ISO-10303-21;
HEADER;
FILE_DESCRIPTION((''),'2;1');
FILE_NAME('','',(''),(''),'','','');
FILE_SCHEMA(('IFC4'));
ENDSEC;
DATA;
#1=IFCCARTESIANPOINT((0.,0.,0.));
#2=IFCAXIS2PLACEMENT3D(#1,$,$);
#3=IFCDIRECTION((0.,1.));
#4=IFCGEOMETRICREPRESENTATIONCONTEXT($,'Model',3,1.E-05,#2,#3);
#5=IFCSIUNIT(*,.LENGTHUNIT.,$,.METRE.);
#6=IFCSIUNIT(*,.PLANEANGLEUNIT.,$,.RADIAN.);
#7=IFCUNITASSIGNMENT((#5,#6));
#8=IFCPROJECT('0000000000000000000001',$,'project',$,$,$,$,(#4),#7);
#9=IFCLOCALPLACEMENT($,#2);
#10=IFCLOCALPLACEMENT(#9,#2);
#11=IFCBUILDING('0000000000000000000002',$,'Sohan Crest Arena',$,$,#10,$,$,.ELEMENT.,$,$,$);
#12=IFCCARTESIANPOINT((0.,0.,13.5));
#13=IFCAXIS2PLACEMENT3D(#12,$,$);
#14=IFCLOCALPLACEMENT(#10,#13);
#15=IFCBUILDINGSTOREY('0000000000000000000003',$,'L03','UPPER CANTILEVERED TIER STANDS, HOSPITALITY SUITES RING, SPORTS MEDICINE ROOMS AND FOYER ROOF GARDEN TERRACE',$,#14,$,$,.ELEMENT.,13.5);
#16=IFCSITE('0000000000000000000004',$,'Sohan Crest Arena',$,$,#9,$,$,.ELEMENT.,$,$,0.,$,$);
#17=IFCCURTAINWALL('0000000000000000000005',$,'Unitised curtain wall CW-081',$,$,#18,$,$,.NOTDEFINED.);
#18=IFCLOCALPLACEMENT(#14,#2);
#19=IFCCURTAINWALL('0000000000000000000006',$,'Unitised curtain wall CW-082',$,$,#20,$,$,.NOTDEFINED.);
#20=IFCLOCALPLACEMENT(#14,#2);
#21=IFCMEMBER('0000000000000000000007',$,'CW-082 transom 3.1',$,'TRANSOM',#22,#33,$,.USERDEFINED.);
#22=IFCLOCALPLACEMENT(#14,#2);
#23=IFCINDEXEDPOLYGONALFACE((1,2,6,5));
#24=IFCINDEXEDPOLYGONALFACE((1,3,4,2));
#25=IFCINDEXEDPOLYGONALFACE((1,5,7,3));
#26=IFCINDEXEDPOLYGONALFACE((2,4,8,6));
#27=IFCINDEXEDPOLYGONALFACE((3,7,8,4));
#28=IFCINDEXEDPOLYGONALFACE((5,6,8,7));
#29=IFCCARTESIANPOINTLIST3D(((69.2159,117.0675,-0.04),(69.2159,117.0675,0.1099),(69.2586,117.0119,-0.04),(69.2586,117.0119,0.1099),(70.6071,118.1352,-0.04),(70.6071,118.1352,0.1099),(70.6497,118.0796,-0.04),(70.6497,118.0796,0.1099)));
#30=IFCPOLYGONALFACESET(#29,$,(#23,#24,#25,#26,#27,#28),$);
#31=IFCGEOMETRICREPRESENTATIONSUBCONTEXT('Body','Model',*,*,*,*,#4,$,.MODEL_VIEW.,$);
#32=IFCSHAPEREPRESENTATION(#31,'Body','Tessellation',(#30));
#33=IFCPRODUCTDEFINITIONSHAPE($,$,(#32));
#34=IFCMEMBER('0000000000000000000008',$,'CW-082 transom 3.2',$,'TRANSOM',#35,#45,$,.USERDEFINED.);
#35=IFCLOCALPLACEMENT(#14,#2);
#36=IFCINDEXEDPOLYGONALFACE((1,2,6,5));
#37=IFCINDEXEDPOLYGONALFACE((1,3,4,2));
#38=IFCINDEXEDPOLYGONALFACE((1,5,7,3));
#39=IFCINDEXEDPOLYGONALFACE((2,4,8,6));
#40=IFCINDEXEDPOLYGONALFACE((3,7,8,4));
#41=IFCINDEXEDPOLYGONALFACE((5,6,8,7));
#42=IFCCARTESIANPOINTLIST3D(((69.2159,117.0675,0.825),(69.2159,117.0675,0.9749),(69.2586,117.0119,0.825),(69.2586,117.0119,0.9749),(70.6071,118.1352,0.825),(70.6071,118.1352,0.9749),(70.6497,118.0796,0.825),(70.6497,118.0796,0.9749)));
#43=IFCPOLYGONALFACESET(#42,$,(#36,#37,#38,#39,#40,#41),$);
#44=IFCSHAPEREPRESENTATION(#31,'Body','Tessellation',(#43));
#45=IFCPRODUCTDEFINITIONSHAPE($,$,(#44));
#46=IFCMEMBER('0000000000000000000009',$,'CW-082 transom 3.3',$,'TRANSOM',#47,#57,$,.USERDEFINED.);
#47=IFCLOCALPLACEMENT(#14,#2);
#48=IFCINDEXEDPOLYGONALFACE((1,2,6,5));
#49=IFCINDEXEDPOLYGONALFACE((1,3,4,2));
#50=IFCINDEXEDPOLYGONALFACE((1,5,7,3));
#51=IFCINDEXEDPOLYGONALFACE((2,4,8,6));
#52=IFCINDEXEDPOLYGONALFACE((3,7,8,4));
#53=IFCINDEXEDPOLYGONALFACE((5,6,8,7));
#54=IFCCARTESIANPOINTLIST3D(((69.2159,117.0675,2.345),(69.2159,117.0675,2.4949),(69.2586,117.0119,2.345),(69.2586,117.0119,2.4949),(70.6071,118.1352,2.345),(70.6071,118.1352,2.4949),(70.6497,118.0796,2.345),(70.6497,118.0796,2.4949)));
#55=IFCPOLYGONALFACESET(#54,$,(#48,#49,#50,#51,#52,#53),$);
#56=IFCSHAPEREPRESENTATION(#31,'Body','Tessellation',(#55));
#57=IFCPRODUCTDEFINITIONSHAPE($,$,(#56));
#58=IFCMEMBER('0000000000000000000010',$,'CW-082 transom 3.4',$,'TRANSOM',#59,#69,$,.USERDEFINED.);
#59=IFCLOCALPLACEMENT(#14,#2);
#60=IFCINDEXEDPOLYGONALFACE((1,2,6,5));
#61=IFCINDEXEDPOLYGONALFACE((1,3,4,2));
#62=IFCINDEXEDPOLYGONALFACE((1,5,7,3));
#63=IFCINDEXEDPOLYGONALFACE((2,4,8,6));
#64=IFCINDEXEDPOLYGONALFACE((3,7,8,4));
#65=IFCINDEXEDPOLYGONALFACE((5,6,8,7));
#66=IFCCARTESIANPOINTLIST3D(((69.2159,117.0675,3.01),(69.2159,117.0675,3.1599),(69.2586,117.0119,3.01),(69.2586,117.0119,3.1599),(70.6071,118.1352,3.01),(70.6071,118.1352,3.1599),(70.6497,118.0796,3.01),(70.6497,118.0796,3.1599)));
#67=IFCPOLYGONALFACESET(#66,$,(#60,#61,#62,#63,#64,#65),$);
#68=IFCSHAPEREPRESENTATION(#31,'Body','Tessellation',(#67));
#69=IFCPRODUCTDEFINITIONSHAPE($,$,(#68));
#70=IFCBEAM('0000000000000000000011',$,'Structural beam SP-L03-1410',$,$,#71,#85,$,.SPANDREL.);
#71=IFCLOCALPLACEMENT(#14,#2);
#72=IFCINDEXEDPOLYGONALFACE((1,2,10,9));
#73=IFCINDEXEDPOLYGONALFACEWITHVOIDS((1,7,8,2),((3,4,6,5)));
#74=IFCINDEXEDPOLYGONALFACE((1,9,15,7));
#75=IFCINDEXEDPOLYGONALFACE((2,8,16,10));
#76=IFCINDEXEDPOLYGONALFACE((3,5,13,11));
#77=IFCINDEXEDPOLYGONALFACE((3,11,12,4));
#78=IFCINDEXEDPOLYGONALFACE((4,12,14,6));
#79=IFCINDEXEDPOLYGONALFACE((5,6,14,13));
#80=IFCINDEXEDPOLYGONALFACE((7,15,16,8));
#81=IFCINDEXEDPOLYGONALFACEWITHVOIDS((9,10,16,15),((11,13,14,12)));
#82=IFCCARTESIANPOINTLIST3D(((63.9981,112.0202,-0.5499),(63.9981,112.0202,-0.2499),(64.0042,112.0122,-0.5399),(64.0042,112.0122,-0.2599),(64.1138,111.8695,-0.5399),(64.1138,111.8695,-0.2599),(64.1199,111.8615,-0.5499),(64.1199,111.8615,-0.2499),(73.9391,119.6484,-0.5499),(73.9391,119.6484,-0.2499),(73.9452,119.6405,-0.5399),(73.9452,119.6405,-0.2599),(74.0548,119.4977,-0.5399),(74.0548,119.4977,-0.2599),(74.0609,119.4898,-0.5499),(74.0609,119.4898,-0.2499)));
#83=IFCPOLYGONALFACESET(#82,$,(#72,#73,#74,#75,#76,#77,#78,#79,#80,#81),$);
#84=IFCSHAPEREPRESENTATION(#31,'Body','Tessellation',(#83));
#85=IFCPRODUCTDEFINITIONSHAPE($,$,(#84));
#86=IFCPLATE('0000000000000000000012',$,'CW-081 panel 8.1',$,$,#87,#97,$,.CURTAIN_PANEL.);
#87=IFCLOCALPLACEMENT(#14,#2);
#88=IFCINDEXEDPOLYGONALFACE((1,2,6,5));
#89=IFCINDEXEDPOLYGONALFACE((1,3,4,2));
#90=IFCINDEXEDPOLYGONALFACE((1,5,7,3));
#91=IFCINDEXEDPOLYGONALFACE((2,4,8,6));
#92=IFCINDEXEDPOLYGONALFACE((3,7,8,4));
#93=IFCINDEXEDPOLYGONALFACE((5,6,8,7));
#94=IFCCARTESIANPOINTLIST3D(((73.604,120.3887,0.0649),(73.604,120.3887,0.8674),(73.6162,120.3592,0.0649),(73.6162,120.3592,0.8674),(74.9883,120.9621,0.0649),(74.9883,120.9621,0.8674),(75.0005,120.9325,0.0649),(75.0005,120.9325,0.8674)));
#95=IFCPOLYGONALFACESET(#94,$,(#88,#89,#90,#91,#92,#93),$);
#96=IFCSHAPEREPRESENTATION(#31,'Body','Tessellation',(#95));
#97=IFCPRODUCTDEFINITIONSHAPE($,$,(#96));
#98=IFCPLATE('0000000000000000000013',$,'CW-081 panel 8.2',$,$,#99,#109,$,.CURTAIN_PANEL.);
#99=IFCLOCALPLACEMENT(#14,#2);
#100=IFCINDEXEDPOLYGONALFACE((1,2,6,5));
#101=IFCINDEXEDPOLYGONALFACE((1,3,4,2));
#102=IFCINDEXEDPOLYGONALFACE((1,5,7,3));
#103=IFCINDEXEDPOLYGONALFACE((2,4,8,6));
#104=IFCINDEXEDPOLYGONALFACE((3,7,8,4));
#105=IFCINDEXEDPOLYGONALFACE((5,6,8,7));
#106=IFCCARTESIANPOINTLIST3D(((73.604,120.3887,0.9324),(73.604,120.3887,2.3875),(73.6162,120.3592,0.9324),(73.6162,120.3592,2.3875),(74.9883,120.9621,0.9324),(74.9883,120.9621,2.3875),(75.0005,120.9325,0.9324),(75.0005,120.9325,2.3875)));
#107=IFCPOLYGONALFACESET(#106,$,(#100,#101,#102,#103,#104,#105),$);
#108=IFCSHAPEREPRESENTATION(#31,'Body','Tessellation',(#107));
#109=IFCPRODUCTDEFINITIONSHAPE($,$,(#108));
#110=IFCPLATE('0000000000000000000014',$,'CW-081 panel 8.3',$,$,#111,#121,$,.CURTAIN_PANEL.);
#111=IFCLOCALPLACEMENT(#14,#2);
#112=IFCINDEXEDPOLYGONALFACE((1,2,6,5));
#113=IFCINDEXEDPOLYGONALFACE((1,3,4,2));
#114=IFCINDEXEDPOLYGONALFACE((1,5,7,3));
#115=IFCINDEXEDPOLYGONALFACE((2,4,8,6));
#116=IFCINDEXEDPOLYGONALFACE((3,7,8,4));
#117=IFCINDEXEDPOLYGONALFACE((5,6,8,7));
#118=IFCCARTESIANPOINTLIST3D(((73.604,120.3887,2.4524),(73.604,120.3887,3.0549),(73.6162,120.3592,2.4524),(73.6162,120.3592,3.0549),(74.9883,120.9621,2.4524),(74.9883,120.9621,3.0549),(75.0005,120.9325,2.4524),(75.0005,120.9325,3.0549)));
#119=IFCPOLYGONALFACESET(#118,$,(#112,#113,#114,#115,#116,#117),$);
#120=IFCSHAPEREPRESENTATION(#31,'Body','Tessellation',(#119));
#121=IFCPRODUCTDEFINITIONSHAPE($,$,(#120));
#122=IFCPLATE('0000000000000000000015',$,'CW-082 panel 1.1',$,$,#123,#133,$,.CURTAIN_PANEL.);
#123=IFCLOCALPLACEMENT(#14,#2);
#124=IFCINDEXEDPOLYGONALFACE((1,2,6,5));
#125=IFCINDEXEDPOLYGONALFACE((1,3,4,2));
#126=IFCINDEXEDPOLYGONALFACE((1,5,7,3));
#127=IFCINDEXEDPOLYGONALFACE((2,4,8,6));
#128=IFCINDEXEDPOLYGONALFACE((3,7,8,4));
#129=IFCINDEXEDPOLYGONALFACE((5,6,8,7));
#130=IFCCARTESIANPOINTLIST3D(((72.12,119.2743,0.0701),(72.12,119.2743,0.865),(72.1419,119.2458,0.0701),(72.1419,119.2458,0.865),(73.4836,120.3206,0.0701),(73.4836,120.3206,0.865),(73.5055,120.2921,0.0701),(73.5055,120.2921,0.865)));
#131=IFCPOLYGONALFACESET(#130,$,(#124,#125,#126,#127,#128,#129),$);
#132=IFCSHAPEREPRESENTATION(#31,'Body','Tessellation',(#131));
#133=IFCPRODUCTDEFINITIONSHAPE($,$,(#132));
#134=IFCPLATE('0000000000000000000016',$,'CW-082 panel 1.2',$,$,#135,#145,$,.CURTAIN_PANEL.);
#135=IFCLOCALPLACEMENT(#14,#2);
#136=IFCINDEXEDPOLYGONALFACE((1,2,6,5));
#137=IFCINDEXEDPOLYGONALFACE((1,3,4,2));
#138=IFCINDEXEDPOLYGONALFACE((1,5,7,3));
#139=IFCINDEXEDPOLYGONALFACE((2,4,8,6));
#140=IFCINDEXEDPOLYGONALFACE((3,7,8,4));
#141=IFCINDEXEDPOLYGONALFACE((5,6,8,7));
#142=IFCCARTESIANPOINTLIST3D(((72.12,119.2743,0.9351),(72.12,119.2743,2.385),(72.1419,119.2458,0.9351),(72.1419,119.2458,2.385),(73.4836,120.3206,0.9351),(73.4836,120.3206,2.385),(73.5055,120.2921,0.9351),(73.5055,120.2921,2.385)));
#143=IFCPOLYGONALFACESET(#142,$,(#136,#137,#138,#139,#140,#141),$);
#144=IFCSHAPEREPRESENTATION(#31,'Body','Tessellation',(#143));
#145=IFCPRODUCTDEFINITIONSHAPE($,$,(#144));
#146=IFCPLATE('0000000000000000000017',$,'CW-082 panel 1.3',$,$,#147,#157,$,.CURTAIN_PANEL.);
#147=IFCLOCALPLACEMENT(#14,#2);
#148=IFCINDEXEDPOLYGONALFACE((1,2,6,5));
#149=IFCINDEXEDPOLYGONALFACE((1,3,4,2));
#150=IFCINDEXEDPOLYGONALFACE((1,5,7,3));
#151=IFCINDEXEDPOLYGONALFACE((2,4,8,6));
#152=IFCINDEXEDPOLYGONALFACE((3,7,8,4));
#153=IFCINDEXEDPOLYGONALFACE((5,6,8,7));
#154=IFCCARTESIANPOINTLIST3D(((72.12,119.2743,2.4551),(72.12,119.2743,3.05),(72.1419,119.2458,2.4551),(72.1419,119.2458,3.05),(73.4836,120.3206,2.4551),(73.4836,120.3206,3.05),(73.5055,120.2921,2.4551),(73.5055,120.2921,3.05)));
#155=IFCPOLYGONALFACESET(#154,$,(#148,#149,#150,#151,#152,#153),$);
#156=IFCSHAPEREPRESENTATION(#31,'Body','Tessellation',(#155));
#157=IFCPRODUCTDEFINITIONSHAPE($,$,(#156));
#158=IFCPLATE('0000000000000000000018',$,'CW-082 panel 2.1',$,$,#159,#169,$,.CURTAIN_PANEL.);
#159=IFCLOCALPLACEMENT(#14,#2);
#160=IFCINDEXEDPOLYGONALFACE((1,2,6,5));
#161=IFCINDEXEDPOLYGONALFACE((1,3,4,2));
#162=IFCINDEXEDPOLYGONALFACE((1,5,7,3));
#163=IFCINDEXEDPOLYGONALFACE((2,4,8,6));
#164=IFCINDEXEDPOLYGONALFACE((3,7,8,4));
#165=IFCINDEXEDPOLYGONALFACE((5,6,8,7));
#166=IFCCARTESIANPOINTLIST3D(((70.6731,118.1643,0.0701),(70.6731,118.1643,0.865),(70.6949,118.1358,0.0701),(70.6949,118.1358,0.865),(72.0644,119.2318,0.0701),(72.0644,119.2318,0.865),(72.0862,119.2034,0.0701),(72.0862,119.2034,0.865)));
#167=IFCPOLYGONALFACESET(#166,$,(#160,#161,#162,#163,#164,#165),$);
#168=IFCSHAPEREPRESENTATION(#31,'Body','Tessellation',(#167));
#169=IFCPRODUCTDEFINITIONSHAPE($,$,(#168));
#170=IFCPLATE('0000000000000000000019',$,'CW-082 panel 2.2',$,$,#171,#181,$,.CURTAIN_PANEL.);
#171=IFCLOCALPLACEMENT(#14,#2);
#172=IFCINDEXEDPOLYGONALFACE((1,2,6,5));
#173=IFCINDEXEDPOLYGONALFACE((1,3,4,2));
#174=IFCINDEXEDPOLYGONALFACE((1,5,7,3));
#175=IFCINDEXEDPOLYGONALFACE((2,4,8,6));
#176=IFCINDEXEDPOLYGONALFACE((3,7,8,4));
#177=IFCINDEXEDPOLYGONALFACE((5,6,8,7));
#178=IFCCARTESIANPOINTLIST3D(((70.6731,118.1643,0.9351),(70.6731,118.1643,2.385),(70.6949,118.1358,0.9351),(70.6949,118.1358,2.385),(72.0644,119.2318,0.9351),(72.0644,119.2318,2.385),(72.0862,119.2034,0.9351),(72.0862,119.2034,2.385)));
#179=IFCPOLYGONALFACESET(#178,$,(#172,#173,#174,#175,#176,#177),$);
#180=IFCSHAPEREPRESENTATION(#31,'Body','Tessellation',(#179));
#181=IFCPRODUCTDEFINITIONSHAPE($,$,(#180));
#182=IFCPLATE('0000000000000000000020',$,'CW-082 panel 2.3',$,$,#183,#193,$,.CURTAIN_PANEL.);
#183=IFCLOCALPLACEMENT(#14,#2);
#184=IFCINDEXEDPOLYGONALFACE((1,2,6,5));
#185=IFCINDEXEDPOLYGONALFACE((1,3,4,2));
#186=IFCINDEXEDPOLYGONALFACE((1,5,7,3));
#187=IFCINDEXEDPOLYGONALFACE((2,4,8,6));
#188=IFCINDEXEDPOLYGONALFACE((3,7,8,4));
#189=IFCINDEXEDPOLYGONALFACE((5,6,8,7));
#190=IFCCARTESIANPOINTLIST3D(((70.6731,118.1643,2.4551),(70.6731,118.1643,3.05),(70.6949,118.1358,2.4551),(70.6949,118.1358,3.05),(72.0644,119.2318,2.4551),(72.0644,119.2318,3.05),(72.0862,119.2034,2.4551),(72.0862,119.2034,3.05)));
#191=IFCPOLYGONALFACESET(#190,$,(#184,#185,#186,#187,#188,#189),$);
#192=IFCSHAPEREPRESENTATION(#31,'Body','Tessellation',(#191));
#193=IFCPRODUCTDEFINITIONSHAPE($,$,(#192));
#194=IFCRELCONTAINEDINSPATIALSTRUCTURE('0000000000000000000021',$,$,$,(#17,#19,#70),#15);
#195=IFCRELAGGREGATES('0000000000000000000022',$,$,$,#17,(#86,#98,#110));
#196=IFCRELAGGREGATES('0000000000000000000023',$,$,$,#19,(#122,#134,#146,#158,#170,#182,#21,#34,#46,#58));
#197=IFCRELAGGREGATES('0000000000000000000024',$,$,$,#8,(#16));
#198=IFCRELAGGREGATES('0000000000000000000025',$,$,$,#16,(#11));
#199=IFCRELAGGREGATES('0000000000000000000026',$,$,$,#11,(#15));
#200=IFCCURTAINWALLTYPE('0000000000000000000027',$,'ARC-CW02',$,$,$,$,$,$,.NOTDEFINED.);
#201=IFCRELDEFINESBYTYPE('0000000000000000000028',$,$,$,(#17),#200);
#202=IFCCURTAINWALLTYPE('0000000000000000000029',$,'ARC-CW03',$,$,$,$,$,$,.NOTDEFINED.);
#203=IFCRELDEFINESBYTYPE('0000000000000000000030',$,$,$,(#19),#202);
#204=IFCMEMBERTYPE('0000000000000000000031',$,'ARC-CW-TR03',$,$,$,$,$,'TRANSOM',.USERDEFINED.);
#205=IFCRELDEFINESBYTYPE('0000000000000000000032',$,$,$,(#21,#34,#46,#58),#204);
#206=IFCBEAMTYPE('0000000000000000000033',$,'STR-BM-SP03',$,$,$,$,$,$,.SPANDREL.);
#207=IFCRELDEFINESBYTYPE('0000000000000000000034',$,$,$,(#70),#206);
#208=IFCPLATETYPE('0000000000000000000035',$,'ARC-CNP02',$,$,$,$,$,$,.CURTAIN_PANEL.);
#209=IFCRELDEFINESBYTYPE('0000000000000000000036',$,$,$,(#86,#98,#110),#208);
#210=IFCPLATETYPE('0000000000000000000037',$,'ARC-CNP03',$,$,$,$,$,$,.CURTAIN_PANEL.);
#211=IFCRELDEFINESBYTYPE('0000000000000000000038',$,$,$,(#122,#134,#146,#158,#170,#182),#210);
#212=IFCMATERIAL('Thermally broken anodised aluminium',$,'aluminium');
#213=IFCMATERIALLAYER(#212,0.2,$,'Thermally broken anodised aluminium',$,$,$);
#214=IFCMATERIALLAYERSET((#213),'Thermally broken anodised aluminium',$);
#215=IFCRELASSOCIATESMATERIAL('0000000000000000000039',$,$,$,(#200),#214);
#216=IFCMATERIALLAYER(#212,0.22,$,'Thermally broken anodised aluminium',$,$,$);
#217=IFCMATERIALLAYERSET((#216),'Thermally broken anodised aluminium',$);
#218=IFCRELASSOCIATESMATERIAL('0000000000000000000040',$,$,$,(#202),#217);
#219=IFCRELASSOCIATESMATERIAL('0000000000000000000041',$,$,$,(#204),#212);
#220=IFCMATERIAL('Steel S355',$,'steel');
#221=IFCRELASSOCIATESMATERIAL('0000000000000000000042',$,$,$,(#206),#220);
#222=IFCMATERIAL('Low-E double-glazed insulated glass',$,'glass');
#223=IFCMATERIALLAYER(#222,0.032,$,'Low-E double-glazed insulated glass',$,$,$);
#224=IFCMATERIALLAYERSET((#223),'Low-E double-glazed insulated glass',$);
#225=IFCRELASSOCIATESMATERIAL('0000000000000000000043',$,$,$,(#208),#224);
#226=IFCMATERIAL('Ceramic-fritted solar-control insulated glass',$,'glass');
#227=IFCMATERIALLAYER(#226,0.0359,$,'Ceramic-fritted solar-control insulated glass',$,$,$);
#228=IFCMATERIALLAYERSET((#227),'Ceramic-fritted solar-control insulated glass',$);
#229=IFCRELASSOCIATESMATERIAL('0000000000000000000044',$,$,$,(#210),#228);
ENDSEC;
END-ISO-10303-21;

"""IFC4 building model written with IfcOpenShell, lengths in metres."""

from ifc_helpers import new_model, si_unit, direction, frame, origin, origin_2d, place, context, subcontext, project, spatial, rectangle, hollow_rectangle, extrude, material, layer, layer_set, material_profile, profile_set, type_object, element, aggregate, save


model = new_model("IFC4")

# Units and contexts
model_context = context("Model", 3, precision=1e-05, world=origin(), true_north=direction((0.0, 1.0)))
body_context = subcontext(model_context, "Body", "Model", "MODEL_VIEW")
ifc_project = project(units=[si_unit("LENGTHUNIT", "METRE"), si_unit("PLANEANGLEUNIT", "RADIAN")], contexts=[model_context])

# Site, building, storey
site_placement = place(None, origin())
site = spatial("IfcSite", under=ifc_project, at=site_placement, Name="Sohan Crest Arena", CompositionType="ELEMENT", RefElevation=0.0)
building_placement = place(site_placement, origin())
building = spatial("IfcBuilding", under=site, at=building_placement, Name="Sohan Crest Arena", CompositionType="ELEMENT")
storey_placement = place(building_placement, frame((0.0, 0.0, 13.5)))
storey = spatial("IfcBuildingStorey", under=building, at=storey_placement, Name="L03", Description="UPPER CANTILEVERED TIER STANDS, HOSPITALITY SUITES RING, SPORTS MEDICINE ROOMS AND FOYER ROOF GARDEN TERRACE", CompositionType="ELEMENT", Elevation=13.5)

# Shared definitions
ifc_material_1 = material(Name="Steel S355", Category="steel")

# Curtain wall
ifc_material_2 = material(Name="Thermally broken anodised aluminium", Category="aluminium")
ifc_layer_1 = layer(ifc_material_2, 0.2, Name="Thermally broken anodised aluminium")
ifc_layer_set_1 = layer_set([ifc_layer_1], Name="Thermally broken anodised aluminium")
curtain_wall_type_1 = type_object("IfcCurtainWallType", Name="ARC-CW02", PredefinedType="NOTDEFINED", material=ifc_layer_set_1)
curtain_wall_1_placement = place(storey_placement, origin())
curtain_wall_1 = element("IfcCurtainWall", 1, at=curtain_wall_1_placement, inside=storey, type_object=curtain_wall_type_1, Name="Unitised curtain wall CW-081", PredefinedType="NOTDEFINED")

# Curtain wall, members
ifc_layer_2 = layer(ifc_material_2, 0.22, Name="Thermally broken anodised aluminium")
ifc_layer_set_2 = layer_set([ifc_layer_2], Name="Thermally broken anodised aluminium")
curtain_wall_type_2 = type_object("IfcCurtainWallType", Name="ARC-CW03", PredefinedType="NOTDEFINED", material=ifc_layer_set_2)
curtain_wall_2_placement = place(storey_placement, origin())
curtain_wall_2 = element("IfcCurtainWall", 2, at=curtain_wall_2_placement, inside=storey, type_object=curtain_wall_type_2, Name="Unitised curtain wall CW-082", PredefinedType="NOTDEFINED")
ifc_material_profile_1 = material_profile(ifc_material_2, rectangle(XDim=0.0701, YDim=0.1499, at=origin_2d()), Name="ALU-TRAN 70x150")
ifc_profile_set_1 = profile_set([ifc_material_profile_1], Name="Thermally broken anodised aluminium")
member_type_1 = type_object("IfcMemberType", Name="ARC-CW-TR03", ElementType="TRANSOM", PredefinedType="USERDEFINED", material=ifc_profile_set_1)
member_1_placement = place(storey_placement, frame((70.6284, 118.1074, 0.0349), z_axis=(-0.793302, -0.608829, 0.0), x_axis=(0.608829, -0.793302, 0.0)))
member_1 = element("IfcMember", 3, at=member_1_placement, type_object=member_type_1, Name="CW-082 transom 3.1", ObjectType="TRANSOM", PredefinedType="USERDEFINED", context=body_context, shape_type="SweptSolid", body=[
    extrude(rectangle(XDim=0.0701, YDim=0.1499, at=origin_2d()), origin(), (0.0, 0.0, 1.0), 1.7537),
])
member_2_placement = place(storey_placement, frame((70.6284, 118.1074, 0.8999), z_axis=(-0.793302, -0.608829, 0.0), x_axis=(0.608829, -0.793302, 0.0)))
member_2 = element("IfcMember", 4, at=member_2_placement, type_object=member_type_1, Name="CW-082 transom 3.2", ObjectType="TRANSOM", PredefinedType="USERDEFINED", context=body_context, shape_type="SweptSolid", body=[
    extrude(rectangle(XDim=0.0701, YDim=0.1499, at=origin_2d()), origin(), (0.0, 0.0, 1.0), 1.7537),
])
member_3_placement = place(storey_placement, frame((70.6284, 118.1074, 2.4199), z_axis=(-0.793302, -0.608829, 0.0), x_axis=(0.608829, -0.793302, 0.0)))
member_3 = element("IfcMember", 5, at=member_3_placement, type_object=member_type_1, Name="CW-082 transom 3.3", ObjectType="TRANSOM", PredefinedType="USERDEFINED", context=body_context, shape_type="SweptSolid", body=[
    extrude(rectangle(XDim=0.0701, YDim=0.1499, at=origin_2d()), origin(), (0.0, 0.0, 1.0), 1.7537),
])
member_4_placement = place(storey_placement, frame((70.6284, 118.1074, 3.085), z_axis=(-0.793302, -0.608829, 0.0), x_axis=(0.608829, -0.793302, 0.0)))
member_4 = element("IfcMember", 6, at=member_4_placement, type_object=member_type_1, Name="CW-082 transom 3.4", ObjectType="TRANSOM", PredefinedType="USERDEFINED", context=body_context, shape_type="SweptSolid", body=[
    extrude(rectangle(XDim=0.0701, YDim=0.1499, at=origin_2d()), origin(), (0.0, 0.0, 1.0), 1.7537),
])

# Beam
ifc_material_profile_2 = material_profile(ifc_material_1, hollow_rectangle(XDim=0.2, YDim=0.3, WallThickness=0.01, at=origin_2d()), Name="RHS 300x200x10")
ifc_profile_set_2 = profile_set([ifc_material_profile_2], Name="Steel S355")
beam_type = type_object("IfcBeamType", Name="STR-BM-SP03", PredefinedType="SPANDREL", material=ifc_profile_set_2)
beam_placement = place(storey_placement, frame((74.0, 119.5691, -0.3999), z_axis=(-0.793344, -0.608773, 0.0), x_axis=(0.608773, -0.793344, 0.0)))
element("IfcBeam", 7, at=beam_placement, inside=storey, type_object=beam_type, Name="Structural beam SP-L03-1410", PredefinedType="SPANDREL", context=body_context, shape_type="SweptSolid", body=[
    extrude(hollow_rectangle(XDim=0.2, YDim=0.3, WallThickness=0.01, at=origin_2d()), origin(), (0.0, 0.0, 1.0), 12.5305),
])

# Plates
ifc_material_3 = material(Name="Low-E double-glazed insulated glass", Category="glass")
ifc_layer_3 = layer(ifc_material_3, 0.032, Name="Low-E double-glazed insulated glass")
ifc_layer_set_3 = layer_set([ifc_layer_3], Name="Low-E double-glazed insulated glass")
plate_type_1 = type_object("IfcPlateType", Name="ARC-CNP02", PredefinedType="CURTAIN_PANEL", material=ifc_layer_set_3)
plate_1_placement = place(storey_placement, frame((74.3022, 120.6606, 0.0649), z_axis=(0.0, 0.0, 1.0), x_axis=(-0.923886, -0.382668, 0.0)))
plate_1 = element("IfcPlate", 8, at=plate_1_placement, type_object=plate_type_1, Name="CW-081 panel 8.1", PredefinedType="CURTAIN_PANEL", context=body_context, shape_type="SweptSolid", body=[
    extrude(rectangle(XDim=1.4983, YDim=0.032, at=origin_2d()), origin(), (0.0, 0.0, 1.0), 0.8025),
])
plate_2_placement = place(storey_placement, frame((74.3022, 120.6606, 0.9324), z_axis=(0.0, 0.0, 1.0), x_axis=(-0.923886, -0.382668, 0.0)))
plate_2 = element("IfcPlate", 9, at=plate_2_placement, type_object=plate_type_1, Name="CW-081 panel 8.2", PredefinedType="CURTAIN_PANEL", context=body_context, shape_type="SweptSolid", body=[
    extrude(rectangle(XDim=1.4983, YDim=0.032, at=origin_2d()), origin(), (0.0, 0.0, 1.0), 1.4551),
])
plate_3_placement = place(storey_placement, frame((74.3022, 120.6606, 2.4524), z_axis=(0.0, 0.0, 1.0), x_axis=(-0.923886, -0.382668, 0.0)))
plate_3 = element("IfcPlate", 10, at=plate_3_placement, type_object=plate_type_1, Name="CW-081 panel 8.3", PredefinedType="CURTAIN_PANEL", context=body_context, shape_type="SweptSolid", body=[
    extrude(rectangle(XDim=1.4983, YDim=0.032, at=origin_2d()), origin(), (0.0, 0.0, 1.0), 0.6025),
])
aggregate(curtain_wall_1, [plate_1, plate_2, plate_3])
ifc_material_4 = material(Name="Ceramic-fritted solar-control insulated glass", Category="glass")
ifc_layer_4 = layer(ifc_material_4, 0.0359, Name="Ceramic-fritted solar-control insulated glass")
ifc_layer_set_4 = layer_set([ifc_layer_4], Name="Ceramic-fritted solar-control insulated glass")
plate_type_2 = type_object("IfcPlateType", Name="ARC-CNP03", PredefinedType="CURTAIN_PANEL", material=ifc_layer_set_4)
plate_4_placement = place(storey_placement, frame((72.8127, 119.7832, 0.0701), z_axis=(0.0, 0.0, 1.0), x_axis=(-0.793372, -0.608737, 0.0)))
plate_4 = element("IfcPlate", 11, at=plate_4_placement, type_object=plate_type_2, Name="CW-082 panel 1.1", PredefinedType="CURTAIN_PANEL", context=body_context, shape_type="SweptSolid", body=[
    extrude(rectangle(XDim=1.7188, YDim=0.0359, at=origin_2d()), origin(), (0.0, 0.0, 1.0), 0.7949),
])
plate_5_placement = place(storey_placement, frame((72.8127, 119.7832, 0.9351), z_axis=(0.0, 0.0, 1.0), x_axis=(-0.793372, -0.608737, 0.0)))
plate_5 = element("IfcPlate", 12, at=plate_5_placement, type_object=plate_type_2, Name="CW-082 panel 1.2", PredefinedType="CURTAIN_PANEL", context=body_context, shape_type="SweptSolid", body=[
    extrude(rectangle(XDim=1.7188, YDim=0.0359, at=origin_2d()), origin(), (0.0, 0.0, 1.0), 1.45),
])
plate_6_placement = place(storey_placement, frame((72.8127, 119.7832, 2.4551), z_axis=(0.0, 0.0, 1.0), x_axis=(-0.793372, -0.608737, 0.0)))
plate_6 = element("IfcPlate", 13, at=plate_6_placement, type_object=plate_type_2, Name="CW-082 panel 1.3", PredefinedType="CURTAIN_PANEL", context=body_context, shape_type="SweptSolid", body=[
    extrude(rectangle(XDim=1.7188, YDim=0.0359, at=origin_2d()), origin(), (0.0, 0.0, 1.0), 0.595),
])
plate_7_placement = place(storey_placement, frame((71.3796, 118.6838, 0.0701), z_axis=(0.0, 0.0, 1.0), x_axis=(-0.793372, -0.608737, 0.0)))
plate_7 = element("IfcPlate", 14, at=plate_7_placement, type_object=plate_type_2, Name="CW-082 panel 2.1", PredefinedType="CURTAIN_PANEL", context=body_context, shape_type="SweptSolid", body=[
    extrude(rectangle(XDim=1.7537, YDim=0.0359, at=origin_2d()), origin(), (0.0, 0.0, 1.0), 0.7949),
])
plate_8_placement = place(storey_placement, frame((71.3796, 118.6838, 0.9351), z_axis=(0.0, 0.0, 1.0), x_axis=(-0.793372, -0.608737, 0.0)))
plate_8 = element("IfcPlate", 15, at=plate_8_placement, type_object=plate_type_2, Name="CW-082 panel 2.2", PredefinedType="CURTAIN_PANEL", context=body_context, shape_type="SweptSolid", body=[
    extrude(rectangle(XDim=1.7537, YDim=0.0359, at=origin_2d()), origin(), (0.0, 0.0, 1.0), 1.45),
])
plate_9_placement = place(storey_placement, frame((71.3796, 118.6838, 2.4551), z_axis=(0.0, 0.0, 1.0), x_axis=(-0.793372, -0.608737, 0.0)))
plate_9 = element("IfcPlate", 16, at=plate_9_placement, type_object=plate_type_2, Name="CW-082 panel 2.3", PredefinedType="CURTAIN_PANEL", context=body_context, shape_type="SweptSolid", body=[
    extrude(rectangle(XDim=1.7537, YDim=0.0359, at=origin_2d()), origin(), (0.0, 0.0, 1.0), 0.595),
])
aggregate(curtain_wall_2, [plate_4, plate_5, plate_6, plate_7, plate_8, plate_9, member_1, member_2, member_3, member_4])

save(model, "model.ifc")
